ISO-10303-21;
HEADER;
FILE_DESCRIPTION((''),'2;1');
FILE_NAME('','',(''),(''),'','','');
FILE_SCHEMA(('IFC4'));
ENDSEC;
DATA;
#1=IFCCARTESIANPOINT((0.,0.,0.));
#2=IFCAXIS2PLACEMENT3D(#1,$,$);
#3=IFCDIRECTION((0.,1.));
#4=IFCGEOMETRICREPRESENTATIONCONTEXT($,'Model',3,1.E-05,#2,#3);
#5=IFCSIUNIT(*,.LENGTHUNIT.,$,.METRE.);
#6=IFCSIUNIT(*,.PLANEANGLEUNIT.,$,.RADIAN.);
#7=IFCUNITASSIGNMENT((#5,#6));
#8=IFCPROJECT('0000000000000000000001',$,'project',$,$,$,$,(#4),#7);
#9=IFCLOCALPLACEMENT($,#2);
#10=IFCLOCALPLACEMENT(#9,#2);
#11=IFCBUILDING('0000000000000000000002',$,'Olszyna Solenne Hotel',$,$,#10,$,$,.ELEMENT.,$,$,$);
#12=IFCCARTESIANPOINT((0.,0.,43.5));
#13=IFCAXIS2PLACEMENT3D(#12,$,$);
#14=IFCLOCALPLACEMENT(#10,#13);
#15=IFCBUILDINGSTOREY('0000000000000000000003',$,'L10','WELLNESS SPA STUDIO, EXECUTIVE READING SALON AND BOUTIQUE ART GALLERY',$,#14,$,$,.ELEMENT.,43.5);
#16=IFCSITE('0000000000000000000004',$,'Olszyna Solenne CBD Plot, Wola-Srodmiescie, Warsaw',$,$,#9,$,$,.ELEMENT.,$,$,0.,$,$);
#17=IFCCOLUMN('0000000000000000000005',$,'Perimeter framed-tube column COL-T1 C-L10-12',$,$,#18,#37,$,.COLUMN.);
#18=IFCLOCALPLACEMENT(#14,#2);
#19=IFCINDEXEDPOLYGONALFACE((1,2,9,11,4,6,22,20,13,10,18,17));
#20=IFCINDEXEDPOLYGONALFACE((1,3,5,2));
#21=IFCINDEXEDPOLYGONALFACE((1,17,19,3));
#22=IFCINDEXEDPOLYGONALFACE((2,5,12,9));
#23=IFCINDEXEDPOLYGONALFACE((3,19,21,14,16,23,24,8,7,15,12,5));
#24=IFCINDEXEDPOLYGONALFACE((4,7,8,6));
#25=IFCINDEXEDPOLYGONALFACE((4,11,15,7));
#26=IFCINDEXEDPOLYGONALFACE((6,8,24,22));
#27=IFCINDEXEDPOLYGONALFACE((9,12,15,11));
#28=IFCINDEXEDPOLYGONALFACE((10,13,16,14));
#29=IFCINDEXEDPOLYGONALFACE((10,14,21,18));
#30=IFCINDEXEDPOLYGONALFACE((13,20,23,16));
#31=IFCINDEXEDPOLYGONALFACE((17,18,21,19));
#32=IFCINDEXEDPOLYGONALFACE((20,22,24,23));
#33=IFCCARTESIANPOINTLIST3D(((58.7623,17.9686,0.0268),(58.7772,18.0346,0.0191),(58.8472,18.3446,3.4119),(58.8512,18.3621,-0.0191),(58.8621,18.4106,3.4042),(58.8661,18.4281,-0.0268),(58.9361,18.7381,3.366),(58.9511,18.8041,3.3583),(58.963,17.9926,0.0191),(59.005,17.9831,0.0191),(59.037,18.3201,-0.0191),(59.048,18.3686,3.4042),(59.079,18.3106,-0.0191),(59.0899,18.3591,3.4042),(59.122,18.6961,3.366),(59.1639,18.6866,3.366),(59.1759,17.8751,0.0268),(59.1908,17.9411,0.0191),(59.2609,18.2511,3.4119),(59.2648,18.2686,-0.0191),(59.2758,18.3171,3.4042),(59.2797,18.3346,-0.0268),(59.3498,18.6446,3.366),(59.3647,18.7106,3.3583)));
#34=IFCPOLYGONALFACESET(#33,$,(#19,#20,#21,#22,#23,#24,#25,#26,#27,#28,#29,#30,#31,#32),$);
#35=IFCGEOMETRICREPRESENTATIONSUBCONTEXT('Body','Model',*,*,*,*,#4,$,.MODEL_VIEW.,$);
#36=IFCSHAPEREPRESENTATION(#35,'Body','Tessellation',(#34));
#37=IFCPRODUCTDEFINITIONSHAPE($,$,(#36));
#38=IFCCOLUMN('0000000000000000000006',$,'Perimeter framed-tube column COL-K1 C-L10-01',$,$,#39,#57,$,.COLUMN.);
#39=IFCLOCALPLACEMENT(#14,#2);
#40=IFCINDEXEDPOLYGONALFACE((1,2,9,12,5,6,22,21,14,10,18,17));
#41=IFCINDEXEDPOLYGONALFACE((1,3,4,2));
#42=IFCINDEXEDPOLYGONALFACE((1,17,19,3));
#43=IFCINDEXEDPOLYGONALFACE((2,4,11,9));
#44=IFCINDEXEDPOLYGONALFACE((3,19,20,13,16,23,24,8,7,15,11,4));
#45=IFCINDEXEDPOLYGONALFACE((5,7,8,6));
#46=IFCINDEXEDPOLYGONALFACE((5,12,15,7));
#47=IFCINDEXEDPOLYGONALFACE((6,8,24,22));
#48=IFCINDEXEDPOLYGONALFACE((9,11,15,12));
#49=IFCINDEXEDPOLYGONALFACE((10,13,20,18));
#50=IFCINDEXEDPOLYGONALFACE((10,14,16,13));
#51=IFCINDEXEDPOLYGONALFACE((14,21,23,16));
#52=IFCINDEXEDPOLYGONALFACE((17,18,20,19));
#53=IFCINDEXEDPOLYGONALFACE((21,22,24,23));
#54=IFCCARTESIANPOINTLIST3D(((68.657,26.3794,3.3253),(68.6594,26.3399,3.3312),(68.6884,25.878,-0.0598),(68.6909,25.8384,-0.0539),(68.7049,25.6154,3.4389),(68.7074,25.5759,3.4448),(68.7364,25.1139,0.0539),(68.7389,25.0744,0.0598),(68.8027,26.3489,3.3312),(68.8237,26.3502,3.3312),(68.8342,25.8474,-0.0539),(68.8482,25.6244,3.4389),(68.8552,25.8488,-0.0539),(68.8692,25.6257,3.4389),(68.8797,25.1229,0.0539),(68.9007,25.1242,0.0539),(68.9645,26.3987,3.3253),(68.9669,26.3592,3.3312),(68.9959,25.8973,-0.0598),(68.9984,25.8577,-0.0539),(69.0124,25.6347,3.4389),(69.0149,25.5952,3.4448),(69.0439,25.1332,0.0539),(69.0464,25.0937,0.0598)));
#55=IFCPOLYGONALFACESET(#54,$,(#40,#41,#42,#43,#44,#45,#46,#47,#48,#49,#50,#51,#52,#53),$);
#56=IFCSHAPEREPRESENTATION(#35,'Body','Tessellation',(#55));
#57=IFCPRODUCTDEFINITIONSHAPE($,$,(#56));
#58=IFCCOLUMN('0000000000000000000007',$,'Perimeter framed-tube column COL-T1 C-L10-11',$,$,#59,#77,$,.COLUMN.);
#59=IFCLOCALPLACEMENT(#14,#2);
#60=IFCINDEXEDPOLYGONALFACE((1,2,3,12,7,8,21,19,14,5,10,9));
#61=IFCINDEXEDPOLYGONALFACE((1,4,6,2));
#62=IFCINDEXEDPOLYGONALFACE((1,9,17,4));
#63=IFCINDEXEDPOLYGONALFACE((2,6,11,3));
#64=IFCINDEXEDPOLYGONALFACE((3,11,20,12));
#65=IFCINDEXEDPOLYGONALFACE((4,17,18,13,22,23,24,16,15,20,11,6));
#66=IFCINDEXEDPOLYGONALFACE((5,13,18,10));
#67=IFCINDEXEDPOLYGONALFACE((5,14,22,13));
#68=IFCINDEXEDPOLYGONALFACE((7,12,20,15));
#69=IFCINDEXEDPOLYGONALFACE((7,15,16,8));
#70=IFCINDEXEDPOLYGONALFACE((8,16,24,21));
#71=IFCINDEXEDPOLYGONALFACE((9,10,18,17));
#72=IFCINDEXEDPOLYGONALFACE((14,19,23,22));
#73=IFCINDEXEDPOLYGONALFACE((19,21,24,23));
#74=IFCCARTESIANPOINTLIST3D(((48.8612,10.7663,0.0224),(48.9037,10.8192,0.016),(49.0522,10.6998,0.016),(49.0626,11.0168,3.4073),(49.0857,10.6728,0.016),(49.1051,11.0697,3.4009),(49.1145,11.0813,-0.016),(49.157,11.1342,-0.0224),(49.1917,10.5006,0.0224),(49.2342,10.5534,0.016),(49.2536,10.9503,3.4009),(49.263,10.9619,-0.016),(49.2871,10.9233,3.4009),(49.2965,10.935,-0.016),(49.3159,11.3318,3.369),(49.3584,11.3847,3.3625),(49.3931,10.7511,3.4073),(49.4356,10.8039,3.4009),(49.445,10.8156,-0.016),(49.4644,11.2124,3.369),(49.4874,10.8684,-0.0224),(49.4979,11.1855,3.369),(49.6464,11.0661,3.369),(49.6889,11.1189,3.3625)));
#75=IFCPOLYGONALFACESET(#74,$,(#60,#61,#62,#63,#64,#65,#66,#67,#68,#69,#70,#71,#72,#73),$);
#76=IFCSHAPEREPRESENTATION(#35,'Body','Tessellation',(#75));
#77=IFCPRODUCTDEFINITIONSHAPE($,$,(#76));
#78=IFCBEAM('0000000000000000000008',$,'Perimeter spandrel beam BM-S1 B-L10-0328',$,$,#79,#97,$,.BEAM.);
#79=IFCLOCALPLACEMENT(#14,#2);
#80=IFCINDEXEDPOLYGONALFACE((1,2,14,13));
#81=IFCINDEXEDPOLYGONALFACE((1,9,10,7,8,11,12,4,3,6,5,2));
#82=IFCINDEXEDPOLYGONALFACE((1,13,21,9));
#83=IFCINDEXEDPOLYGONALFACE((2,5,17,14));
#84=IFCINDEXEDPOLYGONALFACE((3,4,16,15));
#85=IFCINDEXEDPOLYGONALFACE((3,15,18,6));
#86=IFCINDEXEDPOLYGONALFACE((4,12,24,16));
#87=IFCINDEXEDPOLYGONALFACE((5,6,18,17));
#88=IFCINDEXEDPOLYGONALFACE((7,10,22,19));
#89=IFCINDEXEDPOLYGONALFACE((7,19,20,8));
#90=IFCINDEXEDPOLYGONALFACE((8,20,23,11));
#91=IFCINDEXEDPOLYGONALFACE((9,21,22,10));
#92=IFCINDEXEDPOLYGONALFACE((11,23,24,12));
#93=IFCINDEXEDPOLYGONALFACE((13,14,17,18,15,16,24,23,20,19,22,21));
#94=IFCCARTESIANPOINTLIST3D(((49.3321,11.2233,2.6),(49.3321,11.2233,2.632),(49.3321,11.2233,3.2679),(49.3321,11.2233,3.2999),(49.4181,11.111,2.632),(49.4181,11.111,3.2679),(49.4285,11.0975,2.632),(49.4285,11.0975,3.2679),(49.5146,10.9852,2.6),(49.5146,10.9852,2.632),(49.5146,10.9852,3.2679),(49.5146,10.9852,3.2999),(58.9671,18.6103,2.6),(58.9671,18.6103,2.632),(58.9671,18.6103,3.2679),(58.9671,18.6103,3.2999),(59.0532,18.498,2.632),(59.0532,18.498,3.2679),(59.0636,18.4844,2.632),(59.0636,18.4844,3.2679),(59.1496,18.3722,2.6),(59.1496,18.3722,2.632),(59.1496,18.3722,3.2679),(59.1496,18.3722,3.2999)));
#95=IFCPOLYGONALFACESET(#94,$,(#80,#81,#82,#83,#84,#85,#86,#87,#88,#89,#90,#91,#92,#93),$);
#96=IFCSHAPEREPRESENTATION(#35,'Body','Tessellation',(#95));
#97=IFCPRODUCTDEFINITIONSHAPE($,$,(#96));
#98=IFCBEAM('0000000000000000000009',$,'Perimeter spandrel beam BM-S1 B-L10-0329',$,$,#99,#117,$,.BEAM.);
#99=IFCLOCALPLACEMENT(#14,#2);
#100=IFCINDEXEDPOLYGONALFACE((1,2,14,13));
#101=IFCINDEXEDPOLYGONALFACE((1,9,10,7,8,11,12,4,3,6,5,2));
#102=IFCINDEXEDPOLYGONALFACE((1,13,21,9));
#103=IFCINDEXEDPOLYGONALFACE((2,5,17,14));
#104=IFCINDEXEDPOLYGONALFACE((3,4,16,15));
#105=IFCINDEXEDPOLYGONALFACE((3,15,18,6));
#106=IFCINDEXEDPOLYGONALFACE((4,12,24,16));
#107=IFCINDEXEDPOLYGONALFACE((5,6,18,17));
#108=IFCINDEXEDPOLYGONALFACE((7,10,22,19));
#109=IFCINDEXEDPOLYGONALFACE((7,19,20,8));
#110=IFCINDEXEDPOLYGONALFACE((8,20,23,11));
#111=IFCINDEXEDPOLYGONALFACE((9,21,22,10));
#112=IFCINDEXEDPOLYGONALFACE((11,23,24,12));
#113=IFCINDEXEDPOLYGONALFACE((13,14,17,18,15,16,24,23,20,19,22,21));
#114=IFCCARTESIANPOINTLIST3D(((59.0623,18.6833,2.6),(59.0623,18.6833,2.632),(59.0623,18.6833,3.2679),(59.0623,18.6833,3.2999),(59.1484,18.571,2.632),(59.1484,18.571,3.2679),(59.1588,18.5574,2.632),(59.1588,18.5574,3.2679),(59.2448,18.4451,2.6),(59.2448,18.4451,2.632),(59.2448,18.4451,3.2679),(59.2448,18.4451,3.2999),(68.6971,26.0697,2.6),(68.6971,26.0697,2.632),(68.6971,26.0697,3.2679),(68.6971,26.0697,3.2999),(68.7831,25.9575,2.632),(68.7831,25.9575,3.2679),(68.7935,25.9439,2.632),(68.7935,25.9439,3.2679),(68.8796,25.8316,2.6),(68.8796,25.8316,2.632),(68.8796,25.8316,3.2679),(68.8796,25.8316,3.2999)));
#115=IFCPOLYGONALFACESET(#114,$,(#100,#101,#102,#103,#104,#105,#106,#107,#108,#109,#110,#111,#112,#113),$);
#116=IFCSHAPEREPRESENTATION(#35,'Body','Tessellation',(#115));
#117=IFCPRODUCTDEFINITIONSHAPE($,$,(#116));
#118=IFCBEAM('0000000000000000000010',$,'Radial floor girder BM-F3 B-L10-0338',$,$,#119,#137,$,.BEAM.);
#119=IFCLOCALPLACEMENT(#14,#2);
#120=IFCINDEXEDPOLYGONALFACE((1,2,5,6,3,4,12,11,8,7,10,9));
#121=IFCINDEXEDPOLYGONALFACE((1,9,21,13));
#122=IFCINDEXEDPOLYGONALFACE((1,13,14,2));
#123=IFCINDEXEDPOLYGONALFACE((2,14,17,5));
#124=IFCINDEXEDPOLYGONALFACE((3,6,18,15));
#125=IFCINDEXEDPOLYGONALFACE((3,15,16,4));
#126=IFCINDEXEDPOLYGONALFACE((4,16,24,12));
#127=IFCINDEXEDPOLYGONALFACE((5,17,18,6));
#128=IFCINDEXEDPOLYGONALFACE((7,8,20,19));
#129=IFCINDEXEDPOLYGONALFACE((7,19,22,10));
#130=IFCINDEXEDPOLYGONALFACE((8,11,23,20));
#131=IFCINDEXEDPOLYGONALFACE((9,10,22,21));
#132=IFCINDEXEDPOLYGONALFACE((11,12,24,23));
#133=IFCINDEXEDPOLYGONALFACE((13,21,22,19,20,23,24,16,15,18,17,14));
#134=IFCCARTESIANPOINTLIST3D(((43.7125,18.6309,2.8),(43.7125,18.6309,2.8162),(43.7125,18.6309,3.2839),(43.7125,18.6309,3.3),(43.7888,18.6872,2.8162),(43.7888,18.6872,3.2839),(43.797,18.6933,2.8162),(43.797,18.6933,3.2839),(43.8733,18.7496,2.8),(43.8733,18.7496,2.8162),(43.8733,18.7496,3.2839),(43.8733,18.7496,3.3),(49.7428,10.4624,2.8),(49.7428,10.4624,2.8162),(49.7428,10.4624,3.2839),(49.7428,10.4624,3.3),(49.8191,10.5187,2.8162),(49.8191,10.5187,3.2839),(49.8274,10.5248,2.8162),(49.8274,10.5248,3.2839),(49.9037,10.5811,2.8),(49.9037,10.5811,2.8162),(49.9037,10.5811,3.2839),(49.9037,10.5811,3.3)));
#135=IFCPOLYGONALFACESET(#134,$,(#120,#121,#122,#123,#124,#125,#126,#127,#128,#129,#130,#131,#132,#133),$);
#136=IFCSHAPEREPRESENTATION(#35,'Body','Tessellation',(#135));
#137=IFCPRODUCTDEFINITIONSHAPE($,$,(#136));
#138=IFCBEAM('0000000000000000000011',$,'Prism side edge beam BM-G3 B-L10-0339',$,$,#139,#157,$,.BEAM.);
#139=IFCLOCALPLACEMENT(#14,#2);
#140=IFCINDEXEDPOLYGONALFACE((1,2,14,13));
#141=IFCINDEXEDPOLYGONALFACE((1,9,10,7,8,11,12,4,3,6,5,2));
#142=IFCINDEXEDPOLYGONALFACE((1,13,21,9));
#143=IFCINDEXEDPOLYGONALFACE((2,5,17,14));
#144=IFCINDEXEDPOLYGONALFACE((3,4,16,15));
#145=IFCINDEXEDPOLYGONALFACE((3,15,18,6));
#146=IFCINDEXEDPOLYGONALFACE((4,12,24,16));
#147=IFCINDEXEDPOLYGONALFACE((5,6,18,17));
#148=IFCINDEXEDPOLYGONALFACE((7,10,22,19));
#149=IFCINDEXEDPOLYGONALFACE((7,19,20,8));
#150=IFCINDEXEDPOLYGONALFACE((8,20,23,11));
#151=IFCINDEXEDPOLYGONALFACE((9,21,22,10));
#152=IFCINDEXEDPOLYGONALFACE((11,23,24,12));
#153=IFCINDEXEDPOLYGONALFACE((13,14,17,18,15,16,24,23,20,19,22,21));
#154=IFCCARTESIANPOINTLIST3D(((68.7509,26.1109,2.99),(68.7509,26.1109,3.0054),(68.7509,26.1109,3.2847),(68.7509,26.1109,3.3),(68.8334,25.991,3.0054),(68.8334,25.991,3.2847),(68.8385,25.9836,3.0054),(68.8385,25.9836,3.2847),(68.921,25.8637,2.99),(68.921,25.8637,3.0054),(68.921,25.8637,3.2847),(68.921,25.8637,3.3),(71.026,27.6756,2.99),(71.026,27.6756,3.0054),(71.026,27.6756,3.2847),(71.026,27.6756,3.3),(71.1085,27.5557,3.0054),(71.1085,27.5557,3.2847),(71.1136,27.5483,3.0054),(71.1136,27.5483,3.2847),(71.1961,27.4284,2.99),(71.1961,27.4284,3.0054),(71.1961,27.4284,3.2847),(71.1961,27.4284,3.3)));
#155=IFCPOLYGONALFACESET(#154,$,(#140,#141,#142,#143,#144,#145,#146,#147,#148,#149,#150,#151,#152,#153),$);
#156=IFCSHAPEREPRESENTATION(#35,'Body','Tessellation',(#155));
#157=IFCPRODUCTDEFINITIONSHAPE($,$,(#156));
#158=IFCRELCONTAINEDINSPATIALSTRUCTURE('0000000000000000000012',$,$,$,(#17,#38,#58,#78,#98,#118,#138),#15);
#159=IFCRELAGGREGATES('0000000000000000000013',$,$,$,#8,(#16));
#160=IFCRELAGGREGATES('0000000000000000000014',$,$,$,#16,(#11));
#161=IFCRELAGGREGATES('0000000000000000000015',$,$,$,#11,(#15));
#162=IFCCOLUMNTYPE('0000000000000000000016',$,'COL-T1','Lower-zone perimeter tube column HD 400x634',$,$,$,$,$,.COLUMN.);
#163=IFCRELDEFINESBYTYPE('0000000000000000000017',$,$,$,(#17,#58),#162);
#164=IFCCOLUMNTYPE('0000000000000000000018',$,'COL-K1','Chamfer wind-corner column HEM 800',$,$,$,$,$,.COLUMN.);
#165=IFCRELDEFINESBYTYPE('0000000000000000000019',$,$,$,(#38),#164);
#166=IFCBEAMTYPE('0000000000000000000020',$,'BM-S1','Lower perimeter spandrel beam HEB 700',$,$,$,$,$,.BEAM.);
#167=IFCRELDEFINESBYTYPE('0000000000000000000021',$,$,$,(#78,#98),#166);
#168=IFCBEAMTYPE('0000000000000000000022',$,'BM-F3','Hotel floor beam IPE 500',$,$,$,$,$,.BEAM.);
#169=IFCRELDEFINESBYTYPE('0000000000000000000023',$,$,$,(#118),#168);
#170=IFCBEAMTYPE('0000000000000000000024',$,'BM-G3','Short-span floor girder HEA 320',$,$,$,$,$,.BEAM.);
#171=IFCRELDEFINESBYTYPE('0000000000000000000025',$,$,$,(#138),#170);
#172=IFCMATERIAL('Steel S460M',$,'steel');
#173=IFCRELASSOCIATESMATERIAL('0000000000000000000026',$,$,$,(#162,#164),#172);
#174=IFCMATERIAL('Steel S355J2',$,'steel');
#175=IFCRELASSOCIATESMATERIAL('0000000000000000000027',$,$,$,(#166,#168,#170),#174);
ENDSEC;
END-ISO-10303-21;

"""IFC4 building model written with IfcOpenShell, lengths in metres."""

from ifc_helpers import new_model, si_unit, direction, frame, origin, origin_2d, place, context, subcontext, project, spatial, i_section, extrude, source, transform, mapped, material, material_profile, profile_set, type_object, element, save


model = new_model("IFC4")

# Units and contexts
model_context = context("Model", 3, precision=1e-05, world=origin(), true_north=direction((0.0, 1.0)))
body_context = subcontext(model_context, "Body", "Model", "MODEL_VIEW")
ifc_project = project(units=[si_unit("LENGTHUNIT", "METRE"), si_unit("PLANEANGLEUNIT", "RADIAN")], contexts=[model_context])

# Site, building, storey
site_placement = place(None, origin())
site = spatial("IfcSite", under=ifc_project, at=site_placement, Name="Olszyna Solenne CBD Plot, Wola-Srodmiescie, Warsaw", CompositionType="ELEMENT", RefElevation=0.0)
building_placement = place(site_placement, origin())
building = spatial("IfcBuilding", under=site, at=building_placement, Name="Olszyna Solenne Hotel", CompositionType="ELEMENT")
storey_placement = place(building_placement, frame((0.0, 0.0, 43.5)))
storey = spatial("IfcBuildingStorey", under=building, at=storey_placement, Name="L10", Description="WELLNESS SPA STUDIO, EXECUTIVE READING SALON AND BOUTIQUE ART GALLERY", CompositionType="ELEMENT", Elevation=43.5)

# Columns
ifc_material_1 = material(Name="Steel S460M", Category="steel")
ifc_material_profile_1 = material_profile(ifc_material_1, i_section(OverallWidth=0.4241, OverallDepth=0.4741, WebThickness=0.043, FlangeThickness=0.0681, at=origin_2d()), Name="HD 400x634", Category="load-bearing")
ifc_profile_set_1 = profile_set([ifc_material_profile_1], Name="Steel S460M")
column_type_1 = type_object("IfcColumnType", Name="COL-T1", Description="Lower-zone perimeter tube column HD 400x634", PredefinedType="COLUMN", material=ifc_profile_set_1)
shared_shape_1 = source(origin(), body_context, "Body", "SweptSolid", [
    extrude(i_section(OverallWidth=0.4241, OverallDepth=0.4741, WebThickness=0.043, FlangeThickness=0.0681, at=origin_2d()), origin(), (0.0, 0.0, 1.0), 3.407),
])
column_1_placement = place(storey_placement, frame((59.021, 18.1516, 0.0), z_axis=(0.024938, 0.110358, 0.993579), x_axis=(-0.975406, 0.220416, 0.0)))
element("IfcColumn", 1, at=column_1_placement, inside=storey, type_object=column_type_1, Name="Perimeter framed-tube column COL-T1 C-L10-12", PredefinedType="COLUMN", context=body_context, shape_type="MappedRepresentation", body=[
    mapped(shared_shape_1, transform((0.0, 0.0, 0.0), x_axis=(1.0, 0.0, 0.0), y_axis=(0.0, 1.0, 0.0), z_axis=(0.0, 0.0, 1.0), scale=1.0)),
])
ifc_material_profile_2 = material_profile(ifc_material_1, i_section(OverallWidth=0.3081, OverallDepth=0.814, WebThickness=0.021, FlangeThickness=0.04, at=origin_2d()), Name="HEM 800", Category="load-bearing")
ifc_profile_set_2 = profile_set([ifc_material_profile_2], Name="Steel S460M")
column_type_2 = type_object("IfcColumnType", Name="COL-K1", Description="Chamfer wind-corner column HEM 800", PredefinedType="COLUMN", material=ifc_profile_set_2)
shared_shape_2 = source(origin(), body_context, "Body", "SweptSolid", [
    extrude(i_section(OverallWidth=0.3081, OverallDepth=0.814, WebThickness=0.021, FlangeThickness=0.04, at=origin_2d()), origin(), (0.0, 0.0, 1.0), 3.4221),
])
column_2_placement = place(storey_placement, frame((68.8674, 25.4858, 0.0), z_axis=(-0.009203, 0.146537, 0.989162), x_axis=(-0.998034, -0.062681, 0.0)))
element("IfcColumn", 2, at=column_2_placement, inside=storey, type_object=column_type_2, Name="Perimeter framed-tube column COL-K1 C-L10-01", PredefinedType="COLUMN", context=body_context, shape_type="MappedRepresentation", body=[
    mapped(shared_shape_2, transform((0.0, 0.0, 0.0), x_axis=(1.0, 0.0, 0.0), y_axis=(0.0, 1.0, 0.0), z_axis=(0.0, 0.0, 1.0), scale=1.0)),
])
shared_shape_3 = source(origin(), body_context, "Body", "SweptSolid", [
    extrude(i_section(OverallWidth=0.4241, OverallDepth=0.4741, WebThickness=0.043, FlangeThickness=0.0681, at=origin_2d()), origin(), (0.0, 0.0, 1.0), 3.4001),
])
column_3_placement = place(storey_placement, frame((49.1743, 10.8174, 0.0), z_axis=(0.059236, 0.073668, 0.995522), x_axis=(-0.77931, 0.626638, 0.0)))
element("IfcColumn", 3, at=column_3_placement, inside=storey, type_object=column_type_1, Name="Perimeter framed-tube column COL-T1 C-L10-11", PredefinedType="COLUMN", context=body_context, shape_type="MappedRepresentation", body=[
    mapped(shared_shape_3, transform((0.0, 0.0, 0.0), x_axis=(1.0, 0.0, 0.0), y_axis=(0.0, 1.0, 0.0), z_axis=(0.0, 0.0, 1.0), scale=1.0)),
])

# Beams
ifc_material_2 = material(Name="Steel S355J2", Category="steel")
ifc_material_profile_3 = material_profile(ifc_material_2, i_section(OverallWidth=0.3, OverallDepth=0.7, WebThickness=0.0171, FlangeThickness=0.032, at=origin_2d()), Name="HEB 700", Category="load-bearing")
ifc_profile_set_3 = profile_set([ifc_material_profile_3], Name="Steel S355J2")
beam_type_1 = type_object("IfcBeamType", Name="BM-S1", Description="Lower perimeter spandrel beam HEB 700", PredefinedType="BEAM", material=ifc_profile_set_3)
shared_shape_4 = source(origin(), body_context, "Body", "SweptSolid", [
    extrude(i_section(OverallWidth=0.3, OverallDepth=0.7, WebThickness=0.0171, FlangeThickness=0.032, at=origin_2d()), origin(), (0.0, 0.0, 1.0), 12.1409),
])
beam_1_placement = place(storey_placement, frame((49.4233, 11.1042, 2.95), z_axis=(0.793602, 0.608438, 0.0), x_axis=(-0.608438, 0.793602, 0.0)))
element("IfcBeam", 4, at=beam_1_placement, inside=storey, type_object=beam_type_1, Name="Perimeter spandrel beam BM-S1 B-L10-0328", PredefinedType="BEAM", context=body_context, shape_type="MappedRepresentation", body=[
    mapped(shared_shape_4, transform((0.0, 0.0, 0.0), x_axis=(1.0, 0.0, 0.0), y_axis=(0.0, 1.0, 0.0), z_axis=(0.0, 0.0, 1.0), scale=1.0)),
])
shared_shape_5 = source(origin(), body_context, "Body", "SweptSolid", [
    extrude(i_section(OverallWidth=0.3, OverallDepth=0.7, WebThickness=0.0171, FlangeThickness=0.032, at=origin_2d()), origin(), (0.0, 0.0, 1.0), 12.1404),
])
beam_2_placement = place(storey_placement, frame((59.1536, 18.5642, 2.95), z_axis=(0.793613, 0.608422, 0.0), x_axis=(-0.608422, 0.793613, 0.0)))
element("IfcBeam", 5, at=beam_2_placement, inside=storey, type_object=beam_type_1, Name="Perimeter spandrel beam BM-S1 B-L10-0329", PredefinedType="BEAM", context=body_context, shape_type="MappedRepresentation", body=[
    mapped(shared_shape_5, transform((0.0, 0.0, 0.0), x_axis=(1.0, 0.0, 0.0), y_axis=(0.0, 1.0, 0.0), z_axis=(0.0, 0.0, 1.0), scale=1.0)),
])
ifc_material_profile_4 = material_profile(ifc_material_2, i_section(OverallWidth=0.2, OverallDepth=0.5, WebThickness=0.0103, FlangeThickness=0.0161, at=origin_2d()), Name="IPE 500", Category="load-bearing")
ifc_profile_set_4 = profile_set([ifc_material_profile_4], Name="Steel S355J2")
beam_type_2 = type_object("IfcBeamType", Name="BM-F3", Description="Hotel floor beam IPE 500", PredefinedType="BEAM", material=ifc_profile_set_4)
shared_shape_6 = source(origin(), body_context, "Body", "SweptSolid", [
    extrude(i_section(OverallWidth=0.2, OverallDepth=0.5, WebThickness=0.0103, FlangeThickness=0.0161, at=origin_2d()), origin(), (0.0, 0.0, 1.0), 10.1533),
])
beam_3_placement = place(storey_placement, frame((49.8232, 10.5217, 3.05), z_axis=(-0.593927, 0.804519, 0.0), x_axis=(-0.804519, -0.593927, 0.0)))
element("IfcBeam", 6, at=beam_3_placement, inside=storey, type_object=beam_type_2, Name="Radial floor girder BM-F3 B-L10-0338", PredefinedType="BEAM", context=body_context, shape_type="MappedRepresentation", body=[
    mapped(shared_shape_6, transform((0.0, 0.0, 0.0), x_axis=(1.0, 0.0, 0.0), y_axis=(0.0, 1.0, 0.0), z_axis=(0.0, 0.0, 1.0), scale=1.0)),
])
ifc_material_profile_5 = material_profile(ifc_material_2, i_section(OverallWidth=0.3, OverallDepth=0.3101, WebThickness=0.009, FlangeThickness=0.0154, at=origin_2d()), Name="HEA 320", Category="load-bearing")
ifc_profile_set_5 = profile_set([ifc_material_profile_5], Name="Steel S355J2")
beam_type_3 = type_object("IfcBeamType", Name="BM-G3", Description="Short-span floor girder HEA 320", PredefinedType="BEAM", material=ifc_profile_set_5)
shared_shape_7 = source(origin(), body_context, "Body", "SweptSolid", [
    extrude(i_section(OverallWidth=0.3, OverallDepth=0.3101, WebThickness=0.009, FlangeThickness=0.0154, at=origin_2d()), origin(), (0.0, 0.0, 1.0), 2.7612),
])
beam_4_placement = place(storey_placement, frame((68.8359, 25.9873, 3.145), z_axis=(0.823952, 0.56666, 0.0), x_axis=(-0.56666, 0.823952, 0.0)))
element("IfcBeam", 7, at=beam_4_placement, inside=storey, type_object=beam_type_3, Name="Prism side edge beam BM-G3 B-L10-0339", PredefinedType="BEAM", context=body_context, shape_type="MappedRepresentation", body=[
    mapped(shared_shape_7, transform((0.0, 0.0, 0.0), x_axis=(1.0, 0.0, 0.0), y_axis=(0.0, 1.0, 0.0), z_axis=(0.0, 0.0, 1.0), scale=1.0)),
])

save(model, "model.ifc")
